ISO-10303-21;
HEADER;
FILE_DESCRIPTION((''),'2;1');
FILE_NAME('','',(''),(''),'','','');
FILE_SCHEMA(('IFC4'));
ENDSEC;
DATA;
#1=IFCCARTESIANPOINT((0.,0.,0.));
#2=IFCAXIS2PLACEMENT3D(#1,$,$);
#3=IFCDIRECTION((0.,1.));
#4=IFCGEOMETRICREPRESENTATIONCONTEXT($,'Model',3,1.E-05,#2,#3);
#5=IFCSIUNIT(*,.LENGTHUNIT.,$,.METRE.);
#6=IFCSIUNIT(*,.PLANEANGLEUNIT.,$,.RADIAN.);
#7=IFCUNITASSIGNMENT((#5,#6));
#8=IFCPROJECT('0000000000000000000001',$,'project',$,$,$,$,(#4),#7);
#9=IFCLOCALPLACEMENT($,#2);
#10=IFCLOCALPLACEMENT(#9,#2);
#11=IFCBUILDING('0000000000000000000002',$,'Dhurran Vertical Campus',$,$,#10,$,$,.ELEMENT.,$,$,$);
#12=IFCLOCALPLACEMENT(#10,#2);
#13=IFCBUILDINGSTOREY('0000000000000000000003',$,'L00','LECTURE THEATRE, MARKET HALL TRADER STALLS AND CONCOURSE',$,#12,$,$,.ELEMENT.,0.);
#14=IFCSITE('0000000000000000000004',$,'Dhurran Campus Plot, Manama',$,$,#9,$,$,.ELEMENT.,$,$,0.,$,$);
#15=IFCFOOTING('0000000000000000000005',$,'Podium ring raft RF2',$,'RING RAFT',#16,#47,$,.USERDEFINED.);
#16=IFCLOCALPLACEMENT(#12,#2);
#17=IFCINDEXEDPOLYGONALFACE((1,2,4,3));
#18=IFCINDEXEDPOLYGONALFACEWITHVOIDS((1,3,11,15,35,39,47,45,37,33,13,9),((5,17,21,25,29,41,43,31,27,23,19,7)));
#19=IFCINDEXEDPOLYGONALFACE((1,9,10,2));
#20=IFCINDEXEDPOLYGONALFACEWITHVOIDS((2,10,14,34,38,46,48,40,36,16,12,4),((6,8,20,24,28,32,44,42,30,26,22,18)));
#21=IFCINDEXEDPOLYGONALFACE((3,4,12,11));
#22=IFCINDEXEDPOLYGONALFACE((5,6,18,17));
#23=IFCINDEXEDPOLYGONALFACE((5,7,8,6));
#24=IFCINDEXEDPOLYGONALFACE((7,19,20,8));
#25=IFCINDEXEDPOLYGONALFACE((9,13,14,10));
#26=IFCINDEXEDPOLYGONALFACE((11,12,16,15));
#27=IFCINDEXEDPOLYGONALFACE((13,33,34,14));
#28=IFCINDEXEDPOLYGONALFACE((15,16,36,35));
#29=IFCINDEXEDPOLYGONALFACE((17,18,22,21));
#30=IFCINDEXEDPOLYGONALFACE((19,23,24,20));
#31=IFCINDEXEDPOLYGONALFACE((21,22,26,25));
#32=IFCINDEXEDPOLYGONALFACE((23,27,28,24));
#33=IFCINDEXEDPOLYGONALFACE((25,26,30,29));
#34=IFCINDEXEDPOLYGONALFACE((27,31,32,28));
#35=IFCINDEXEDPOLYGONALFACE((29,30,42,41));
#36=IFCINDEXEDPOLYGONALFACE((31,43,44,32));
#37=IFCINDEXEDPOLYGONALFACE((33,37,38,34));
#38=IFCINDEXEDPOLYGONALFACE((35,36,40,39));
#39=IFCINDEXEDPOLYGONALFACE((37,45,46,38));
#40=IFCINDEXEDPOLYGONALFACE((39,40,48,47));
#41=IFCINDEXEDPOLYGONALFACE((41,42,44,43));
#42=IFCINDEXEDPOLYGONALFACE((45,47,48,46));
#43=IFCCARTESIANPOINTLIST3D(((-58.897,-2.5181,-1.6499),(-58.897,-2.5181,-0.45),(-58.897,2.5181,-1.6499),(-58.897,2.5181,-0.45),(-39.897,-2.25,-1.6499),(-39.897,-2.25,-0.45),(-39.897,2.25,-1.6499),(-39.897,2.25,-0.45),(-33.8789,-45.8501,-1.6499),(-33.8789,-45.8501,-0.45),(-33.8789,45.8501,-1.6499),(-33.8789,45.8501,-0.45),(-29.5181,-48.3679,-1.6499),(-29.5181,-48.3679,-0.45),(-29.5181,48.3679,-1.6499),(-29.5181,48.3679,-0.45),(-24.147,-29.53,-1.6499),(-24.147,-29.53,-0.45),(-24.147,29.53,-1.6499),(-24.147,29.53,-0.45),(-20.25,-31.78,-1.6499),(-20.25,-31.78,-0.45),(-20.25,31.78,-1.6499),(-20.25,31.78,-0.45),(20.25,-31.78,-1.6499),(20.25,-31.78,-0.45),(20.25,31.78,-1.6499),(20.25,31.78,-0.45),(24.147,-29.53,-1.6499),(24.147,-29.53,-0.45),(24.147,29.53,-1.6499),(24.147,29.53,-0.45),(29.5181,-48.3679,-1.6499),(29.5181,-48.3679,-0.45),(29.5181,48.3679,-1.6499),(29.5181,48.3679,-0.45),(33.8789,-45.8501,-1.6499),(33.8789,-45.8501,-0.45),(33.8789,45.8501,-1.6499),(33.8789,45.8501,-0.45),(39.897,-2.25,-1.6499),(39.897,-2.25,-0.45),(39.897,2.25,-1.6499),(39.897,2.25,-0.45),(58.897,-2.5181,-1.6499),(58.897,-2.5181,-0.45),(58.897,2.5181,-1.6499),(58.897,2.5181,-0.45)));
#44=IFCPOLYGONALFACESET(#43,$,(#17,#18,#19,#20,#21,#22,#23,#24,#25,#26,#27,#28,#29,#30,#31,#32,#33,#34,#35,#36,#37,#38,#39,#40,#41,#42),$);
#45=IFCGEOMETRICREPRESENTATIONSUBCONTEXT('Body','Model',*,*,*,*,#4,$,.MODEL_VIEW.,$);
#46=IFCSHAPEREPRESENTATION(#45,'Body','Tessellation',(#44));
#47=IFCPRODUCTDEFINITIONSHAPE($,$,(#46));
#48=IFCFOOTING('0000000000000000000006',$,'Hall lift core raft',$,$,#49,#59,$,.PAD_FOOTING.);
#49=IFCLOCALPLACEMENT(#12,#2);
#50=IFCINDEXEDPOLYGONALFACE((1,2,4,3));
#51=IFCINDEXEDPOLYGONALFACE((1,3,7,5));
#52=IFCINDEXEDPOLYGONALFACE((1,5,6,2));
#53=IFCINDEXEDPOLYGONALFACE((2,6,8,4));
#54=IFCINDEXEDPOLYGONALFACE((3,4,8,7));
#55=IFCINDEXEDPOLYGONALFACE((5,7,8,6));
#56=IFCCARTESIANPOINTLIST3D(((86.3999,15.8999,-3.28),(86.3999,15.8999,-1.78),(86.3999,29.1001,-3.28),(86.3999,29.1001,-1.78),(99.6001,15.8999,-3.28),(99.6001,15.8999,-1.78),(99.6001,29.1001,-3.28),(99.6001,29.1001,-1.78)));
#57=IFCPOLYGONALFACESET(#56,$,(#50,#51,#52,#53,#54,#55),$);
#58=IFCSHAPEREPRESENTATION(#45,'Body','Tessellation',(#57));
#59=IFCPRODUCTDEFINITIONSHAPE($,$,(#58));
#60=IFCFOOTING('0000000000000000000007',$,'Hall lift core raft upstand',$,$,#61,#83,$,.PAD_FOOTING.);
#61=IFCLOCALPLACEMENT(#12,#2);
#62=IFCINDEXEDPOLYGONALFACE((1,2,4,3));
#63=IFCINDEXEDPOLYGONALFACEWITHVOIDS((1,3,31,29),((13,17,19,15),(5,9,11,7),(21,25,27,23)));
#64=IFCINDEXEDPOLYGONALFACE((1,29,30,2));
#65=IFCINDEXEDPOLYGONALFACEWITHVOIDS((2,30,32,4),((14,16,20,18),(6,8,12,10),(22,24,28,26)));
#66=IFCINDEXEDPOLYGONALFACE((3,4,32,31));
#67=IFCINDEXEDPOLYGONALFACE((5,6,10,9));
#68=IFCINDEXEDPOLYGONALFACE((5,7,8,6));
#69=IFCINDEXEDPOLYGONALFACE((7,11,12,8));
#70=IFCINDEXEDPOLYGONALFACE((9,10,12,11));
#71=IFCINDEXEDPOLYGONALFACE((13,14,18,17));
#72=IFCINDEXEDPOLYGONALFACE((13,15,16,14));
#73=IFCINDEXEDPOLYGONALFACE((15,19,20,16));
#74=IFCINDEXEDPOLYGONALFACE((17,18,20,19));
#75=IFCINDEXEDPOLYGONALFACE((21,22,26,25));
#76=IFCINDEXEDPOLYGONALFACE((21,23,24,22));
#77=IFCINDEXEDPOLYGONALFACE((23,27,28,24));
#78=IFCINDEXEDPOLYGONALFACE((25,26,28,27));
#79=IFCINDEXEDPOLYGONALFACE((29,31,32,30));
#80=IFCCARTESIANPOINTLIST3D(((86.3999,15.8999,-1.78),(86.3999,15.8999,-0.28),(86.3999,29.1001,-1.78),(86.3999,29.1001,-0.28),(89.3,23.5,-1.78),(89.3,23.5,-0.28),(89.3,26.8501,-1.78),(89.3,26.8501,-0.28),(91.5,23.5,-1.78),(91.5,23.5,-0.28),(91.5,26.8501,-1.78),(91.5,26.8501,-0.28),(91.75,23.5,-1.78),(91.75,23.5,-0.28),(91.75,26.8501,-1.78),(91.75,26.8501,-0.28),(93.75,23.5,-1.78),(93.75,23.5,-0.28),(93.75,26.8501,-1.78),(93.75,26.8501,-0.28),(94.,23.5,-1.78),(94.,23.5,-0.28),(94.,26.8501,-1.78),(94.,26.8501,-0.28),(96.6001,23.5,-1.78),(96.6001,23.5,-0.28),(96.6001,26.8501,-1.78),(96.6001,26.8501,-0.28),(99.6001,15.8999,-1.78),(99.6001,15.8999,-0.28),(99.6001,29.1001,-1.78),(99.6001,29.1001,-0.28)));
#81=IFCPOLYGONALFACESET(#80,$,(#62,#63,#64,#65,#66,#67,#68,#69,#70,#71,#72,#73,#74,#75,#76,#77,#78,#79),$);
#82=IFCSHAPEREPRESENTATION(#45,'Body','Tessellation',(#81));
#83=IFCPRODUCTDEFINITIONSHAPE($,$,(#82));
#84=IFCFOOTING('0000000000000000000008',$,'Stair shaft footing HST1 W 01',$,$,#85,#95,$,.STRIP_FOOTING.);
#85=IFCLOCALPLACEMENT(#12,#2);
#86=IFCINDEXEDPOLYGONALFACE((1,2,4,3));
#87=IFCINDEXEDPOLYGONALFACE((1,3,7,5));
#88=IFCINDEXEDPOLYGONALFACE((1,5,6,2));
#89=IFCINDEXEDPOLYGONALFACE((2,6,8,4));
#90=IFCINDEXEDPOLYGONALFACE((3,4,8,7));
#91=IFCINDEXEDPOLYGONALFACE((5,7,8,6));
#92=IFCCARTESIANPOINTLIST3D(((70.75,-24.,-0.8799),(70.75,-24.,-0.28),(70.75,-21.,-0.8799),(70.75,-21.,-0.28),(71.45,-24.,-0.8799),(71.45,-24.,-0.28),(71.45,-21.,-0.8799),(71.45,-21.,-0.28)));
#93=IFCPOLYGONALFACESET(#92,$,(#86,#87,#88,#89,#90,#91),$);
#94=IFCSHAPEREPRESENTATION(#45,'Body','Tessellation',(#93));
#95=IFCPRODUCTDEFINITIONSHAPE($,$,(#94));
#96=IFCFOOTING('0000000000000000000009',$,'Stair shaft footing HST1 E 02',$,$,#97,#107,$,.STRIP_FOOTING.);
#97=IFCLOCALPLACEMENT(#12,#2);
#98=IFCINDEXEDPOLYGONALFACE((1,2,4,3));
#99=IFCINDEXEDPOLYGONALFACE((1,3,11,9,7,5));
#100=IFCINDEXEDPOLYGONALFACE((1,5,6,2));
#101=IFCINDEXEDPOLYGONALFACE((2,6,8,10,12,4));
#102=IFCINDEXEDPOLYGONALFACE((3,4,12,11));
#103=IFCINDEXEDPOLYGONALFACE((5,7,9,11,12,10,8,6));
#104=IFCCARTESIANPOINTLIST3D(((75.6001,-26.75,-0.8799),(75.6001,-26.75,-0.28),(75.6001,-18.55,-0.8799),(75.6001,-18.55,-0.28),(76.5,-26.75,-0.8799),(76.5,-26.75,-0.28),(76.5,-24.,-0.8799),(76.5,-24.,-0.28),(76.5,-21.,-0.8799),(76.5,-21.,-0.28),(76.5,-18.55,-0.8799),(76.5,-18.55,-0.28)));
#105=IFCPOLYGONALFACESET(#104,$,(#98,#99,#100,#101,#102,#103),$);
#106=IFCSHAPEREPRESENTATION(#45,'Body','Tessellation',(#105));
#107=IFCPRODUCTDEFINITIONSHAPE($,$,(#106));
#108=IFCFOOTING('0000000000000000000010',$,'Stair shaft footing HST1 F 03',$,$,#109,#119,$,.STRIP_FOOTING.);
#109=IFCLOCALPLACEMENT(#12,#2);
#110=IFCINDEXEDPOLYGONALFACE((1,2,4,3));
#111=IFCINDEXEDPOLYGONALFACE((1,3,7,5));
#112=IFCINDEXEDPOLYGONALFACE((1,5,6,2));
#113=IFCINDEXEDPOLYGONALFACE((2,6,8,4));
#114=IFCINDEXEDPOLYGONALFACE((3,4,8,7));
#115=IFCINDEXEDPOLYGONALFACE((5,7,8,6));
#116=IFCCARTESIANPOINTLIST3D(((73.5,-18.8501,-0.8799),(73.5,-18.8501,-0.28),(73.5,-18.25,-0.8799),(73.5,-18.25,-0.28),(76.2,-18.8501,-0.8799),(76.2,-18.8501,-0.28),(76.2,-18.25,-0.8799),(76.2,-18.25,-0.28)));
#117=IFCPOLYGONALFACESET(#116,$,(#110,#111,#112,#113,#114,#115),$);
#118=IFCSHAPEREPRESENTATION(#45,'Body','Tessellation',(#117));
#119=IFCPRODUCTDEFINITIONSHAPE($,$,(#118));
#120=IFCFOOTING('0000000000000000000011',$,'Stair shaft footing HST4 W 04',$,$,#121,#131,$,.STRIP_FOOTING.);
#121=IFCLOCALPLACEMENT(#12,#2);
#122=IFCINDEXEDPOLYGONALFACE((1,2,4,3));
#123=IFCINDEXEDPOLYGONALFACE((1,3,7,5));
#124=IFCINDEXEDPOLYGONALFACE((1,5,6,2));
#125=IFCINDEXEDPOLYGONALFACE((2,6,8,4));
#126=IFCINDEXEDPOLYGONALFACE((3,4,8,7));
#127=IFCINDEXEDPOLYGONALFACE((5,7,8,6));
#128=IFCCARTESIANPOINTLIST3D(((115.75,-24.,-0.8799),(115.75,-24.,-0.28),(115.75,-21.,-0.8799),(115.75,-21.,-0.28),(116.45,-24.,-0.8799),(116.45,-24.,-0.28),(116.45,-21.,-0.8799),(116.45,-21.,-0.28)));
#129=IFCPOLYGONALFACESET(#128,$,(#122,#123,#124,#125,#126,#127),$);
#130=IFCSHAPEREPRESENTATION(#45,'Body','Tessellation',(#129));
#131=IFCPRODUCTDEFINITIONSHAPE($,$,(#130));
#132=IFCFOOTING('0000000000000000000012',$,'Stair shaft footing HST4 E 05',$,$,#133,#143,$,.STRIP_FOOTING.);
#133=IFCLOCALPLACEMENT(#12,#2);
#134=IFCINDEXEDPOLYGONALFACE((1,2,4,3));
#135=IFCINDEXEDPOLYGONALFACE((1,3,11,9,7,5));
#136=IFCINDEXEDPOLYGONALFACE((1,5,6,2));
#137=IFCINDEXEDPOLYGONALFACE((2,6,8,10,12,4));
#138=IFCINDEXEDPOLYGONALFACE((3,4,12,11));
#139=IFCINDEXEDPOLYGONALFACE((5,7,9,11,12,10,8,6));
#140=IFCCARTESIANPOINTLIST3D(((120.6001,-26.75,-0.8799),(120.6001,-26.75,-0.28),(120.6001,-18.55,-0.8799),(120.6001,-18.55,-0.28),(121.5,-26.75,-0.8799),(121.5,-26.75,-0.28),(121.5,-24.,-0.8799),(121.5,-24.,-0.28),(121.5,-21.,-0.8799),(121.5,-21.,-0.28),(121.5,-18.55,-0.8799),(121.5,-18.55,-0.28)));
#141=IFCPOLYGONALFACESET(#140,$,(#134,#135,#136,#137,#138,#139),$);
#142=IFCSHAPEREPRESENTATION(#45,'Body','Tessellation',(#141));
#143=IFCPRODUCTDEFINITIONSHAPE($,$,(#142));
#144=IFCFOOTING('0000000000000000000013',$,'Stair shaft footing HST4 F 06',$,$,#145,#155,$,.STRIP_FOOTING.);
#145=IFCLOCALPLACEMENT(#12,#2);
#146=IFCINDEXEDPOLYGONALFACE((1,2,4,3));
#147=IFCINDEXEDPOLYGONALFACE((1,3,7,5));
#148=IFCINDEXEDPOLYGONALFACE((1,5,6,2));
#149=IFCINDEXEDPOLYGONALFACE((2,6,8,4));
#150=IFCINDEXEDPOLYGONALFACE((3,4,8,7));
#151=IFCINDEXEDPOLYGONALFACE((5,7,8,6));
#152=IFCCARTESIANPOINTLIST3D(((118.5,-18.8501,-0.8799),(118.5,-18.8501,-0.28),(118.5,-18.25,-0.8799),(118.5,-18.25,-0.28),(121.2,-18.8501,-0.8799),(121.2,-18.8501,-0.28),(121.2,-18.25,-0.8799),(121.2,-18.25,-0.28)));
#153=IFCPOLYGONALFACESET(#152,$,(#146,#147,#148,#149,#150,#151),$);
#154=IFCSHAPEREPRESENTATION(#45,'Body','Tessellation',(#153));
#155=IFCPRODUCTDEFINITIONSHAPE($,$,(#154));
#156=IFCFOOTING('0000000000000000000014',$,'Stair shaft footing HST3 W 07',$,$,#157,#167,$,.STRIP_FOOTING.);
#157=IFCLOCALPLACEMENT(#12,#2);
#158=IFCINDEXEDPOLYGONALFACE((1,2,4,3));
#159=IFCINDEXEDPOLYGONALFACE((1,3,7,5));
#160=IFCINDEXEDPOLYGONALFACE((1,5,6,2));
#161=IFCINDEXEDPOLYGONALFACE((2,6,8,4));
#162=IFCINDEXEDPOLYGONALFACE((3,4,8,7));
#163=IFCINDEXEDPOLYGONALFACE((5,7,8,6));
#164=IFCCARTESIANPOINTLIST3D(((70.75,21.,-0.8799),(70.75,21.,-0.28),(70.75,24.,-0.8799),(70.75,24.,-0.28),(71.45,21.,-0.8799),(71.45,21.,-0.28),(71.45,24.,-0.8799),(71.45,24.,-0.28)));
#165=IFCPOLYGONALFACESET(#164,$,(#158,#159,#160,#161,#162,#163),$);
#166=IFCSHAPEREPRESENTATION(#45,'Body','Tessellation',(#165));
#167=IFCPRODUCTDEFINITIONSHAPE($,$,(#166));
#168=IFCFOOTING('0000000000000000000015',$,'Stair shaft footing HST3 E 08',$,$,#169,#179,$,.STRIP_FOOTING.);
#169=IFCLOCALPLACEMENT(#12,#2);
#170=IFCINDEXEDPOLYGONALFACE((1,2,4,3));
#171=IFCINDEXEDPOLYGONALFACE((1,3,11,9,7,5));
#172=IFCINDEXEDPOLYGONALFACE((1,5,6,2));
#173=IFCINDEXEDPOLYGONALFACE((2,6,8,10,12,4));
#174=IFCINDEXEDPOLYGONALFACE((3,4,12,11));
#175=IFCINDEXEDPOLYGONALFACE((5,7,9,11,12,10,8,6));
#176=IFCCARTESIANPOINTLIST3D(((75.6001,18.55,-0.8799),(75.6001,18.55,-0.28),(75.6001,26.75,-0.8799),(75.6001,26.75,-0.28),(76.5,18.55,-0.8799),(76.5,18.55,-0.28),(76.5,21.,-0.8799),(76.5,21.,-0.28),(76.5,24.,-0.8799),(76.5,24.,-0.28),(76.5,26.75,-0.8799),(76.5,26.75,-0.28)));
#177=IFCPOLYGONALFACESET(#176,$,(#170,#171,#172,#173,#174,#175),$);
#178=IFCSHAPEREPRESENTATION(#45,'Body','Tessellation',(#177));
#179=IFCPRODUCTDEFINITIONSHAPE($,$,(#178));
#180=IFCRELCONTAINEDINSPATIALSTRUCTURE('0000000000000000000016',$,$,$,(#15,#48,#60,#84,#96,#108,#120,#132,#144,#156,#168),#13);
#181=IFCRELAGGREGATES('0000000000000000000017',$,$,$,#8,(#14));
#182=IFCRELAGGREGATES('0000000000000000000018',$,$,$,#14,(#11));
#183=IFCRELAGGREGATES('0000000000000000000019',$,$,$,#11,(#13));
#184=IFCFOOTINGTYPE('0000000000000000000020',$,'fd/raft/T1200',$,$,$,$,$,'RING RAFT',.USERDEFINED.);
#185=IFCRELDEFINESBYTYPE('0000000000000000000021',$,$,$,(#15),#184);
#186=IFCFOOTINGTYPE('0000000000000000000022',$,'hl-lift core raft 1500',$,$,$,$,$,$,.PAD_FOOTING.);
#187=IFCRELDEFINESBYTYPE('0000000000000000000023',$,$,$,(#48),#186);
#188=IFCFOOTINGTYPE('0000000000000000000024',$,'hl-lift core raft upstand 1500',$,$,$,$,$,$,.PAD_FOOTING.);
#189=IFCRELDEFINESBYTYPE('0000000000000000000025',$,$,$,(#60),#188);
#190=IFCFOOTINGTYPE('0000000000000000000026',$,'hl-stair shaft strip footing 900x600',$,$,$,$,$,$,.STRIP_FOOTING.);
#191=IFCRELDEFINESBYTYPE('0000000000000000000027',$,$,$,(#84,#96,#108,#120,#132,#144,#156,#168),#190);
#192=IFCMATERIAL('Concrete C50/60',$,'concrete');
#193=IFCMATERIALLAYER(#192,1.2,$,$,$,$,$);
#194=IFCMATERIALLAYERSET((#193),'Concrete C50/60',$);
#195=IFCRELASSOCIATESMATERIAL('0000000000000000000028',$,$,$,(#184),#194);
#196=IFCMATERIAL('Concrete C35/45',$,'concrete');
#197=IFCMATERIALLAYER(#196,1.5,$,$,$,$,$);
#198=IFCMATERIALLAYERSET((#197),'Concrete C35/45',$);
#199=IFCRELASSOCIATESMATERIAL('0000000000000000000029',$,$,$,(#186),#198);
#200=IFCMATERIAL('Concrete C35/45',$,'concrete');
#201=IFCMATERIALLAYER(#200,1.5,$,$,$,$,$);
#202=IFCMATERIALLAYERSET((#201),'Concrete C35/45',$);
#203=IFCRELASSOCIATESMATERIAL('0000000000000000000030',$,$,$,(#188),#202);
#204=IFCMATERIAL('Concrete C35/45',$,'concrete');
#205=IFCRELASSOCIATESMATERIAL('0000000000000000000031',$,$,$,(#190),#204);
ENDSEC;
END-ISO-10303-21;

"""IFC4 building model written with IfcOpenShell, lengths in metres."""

from ifc_helpers import new_model, si_unit, direction, frame, origin, place, context, subcontext, project, spatial, polyline, outline, extrude, material, layer, layer_set, type_object, element, save


model = new_model("IFC4")

# Units and contexts
model_context = context("Model", 3, precision=1e-05, world=origin(), true_north=direction((0.0, 1.0)))
body_context = subcontext(model_context, "Body", "Model", "MODEL_VIEW")
ifc_project = project(units=[si_unit("LENGTHUNIT", "METRE"), si_unit("PLANEANGLEUNIT", "RADIAN")], contexts=[model_context])

# Site, building, storey
site_placement = place(None, origin())
site = spatial("IfcSite", under=ifc_project, at=site_placement, Name="Dhurran Campus Plot, Manama", CompositionType="ELEMENT", RefElevation=0.0)
building_placement = place(site_placement, origin())
building = spatial("IfcBuilding", under=site, at=building_placement, Name="Dhurran Vertical Campus", CompositionType="ELEMENT")
storey_placement = place(building_placement, origin())
storey = spatial("IfcBuildingStorey", under=building, at=storey_placement, Name="L00", Description="LECTURE THEATRE, MARKET HALL TRADER STALLS AND CONCOURSE", CompositionType="ELEMENT", Elevation=0.0)

# Footings
ifc_material_1 = material(Name="Concrete C50/60", Category="concrete")
ifc_layer_1 = layer(ifc_material_1, 1.2)
ifc_layer_set_1 = layer_set([ifc_layer_1], Name="Concrete C50/60")
footing_type_1 = type_object("IfcFootingType", Name="fd/raft/T1200", ElementType="RING RAFT", PredefinedType="USERDEFINED", material=ifc_layer_set_1)
footing_1_placement = place(storey_placement, frame((0.0, 0.0, -1.6499)))
element("IfcFooting", 1, at=footing_1_placement, inside=storey, type_object=footing_type_1, Name="Podium ring raft RF2", ObjectType="RING RAFT", PredefinedType="USERDEFINED", context=body_context, shape_type="SweptSolid", body=[
    extrude(outline(polyline([(-33.8789, -45.8501), (-29.5181, -48.3679), (29.5181, -48.3679), (33.8789, -45.8501), (58.897, -2.5181), (58.897, 2.5181), (33.8789, 45.8501), (29.5181, 48.3679), (-29.5181, 48.3679), (-33.8789, 45.8501), (-58.897, 2.5181), (-58.897, -2.5181), (-33.8789, -45.8501)]), holes=[polyline([(20.25, -31.78), (24.147, -29.53), (39.897, -2.25), (39.897, 2.25), (24.147, 29.53), (20.25, 31.78), (-20.25, 31.78), (-24.147, 29.53), (-39.897, 2.25), (-39.897, -2.25), (-24.147, -29.53), (-20.25, -31.78), (20.25, -31.78)])]), origin(), (0.0, 0.0, 1.0), 1.2),
])
ifc_material_2 = material(Name="Concrete C35/45", Category="concrete")
ifc_layer_2 = layer(ifc_material_2, 1.5)
ifc_layer_set_2 = layer_set([ifc_layer_2], Name="Concrete C35/45")
footing_type_2 = type_object("IfcFootingType", Name="hl-lift core raft 1500", PredefinedType="PAD_FOOTING", material=ifc_layer_set_2)
footing_2_placement = place(storey_placement, frame((0.0, 0.0, -3.28)))
element("IfcFooting", 2, at=footing_2_placement, inside=storey, type_object=footing_type_2, Name="Hall lift core raft", PredefinedType="PAD_FOOTING", context=body_context, shape_type="SweptSolid", body=[
    extrude(outline(polyline([(86.3999, 15.8999), (99.6001, 15.8999), (99.6001, 29.1001), (86.3999, 29.1001), (86.3999, 15.8999)])), origin(), (0.0, 0.0, 1.0), 1.5),
])
ifc_material_3 = material(Name="Concrete C35/45", Category="concrete")
ifc_layer_3 = layer(ifc_material_3, 1.5)
ifc_layer_set_3 = layer_set([ifc_layer_3], Name="Concrete C35/45")
footing_type_3 = type_object("IfcFootingType", Name="hl-lift core raft upstand 1500", PredefinedType="PAD_FOOTING", material=ifc_layer_set_3)
footing_3_placement = place(storey_placement, frame((0.0, 0.0, -1.78)))
element("IfcFooting", 3, at=footing_3_placement, inside=storey, type_object=footing_type_3, Name="Hall lift core raft upstand", PredefinedType="PAD_FOOTING", context=body_context, shape_type="SweptSolid", body=[
    extrude(outline(polyline([(86.3999, 15.8999), (99.6001, 15.8999), (99.6001, 29.1001), (86.3999, 29.1001), (86.3999, 15.8999)]), holes=[polyline([(89.3, 23.5), (91.5, 23.5), (91.5, 26.8501), (89.3, 26.8501), (89.3, 23.5)]), polyline([(91.75, 23.5), (93.75, 23.5), (93.75, 26.8501), (91.75, 26.8501), (91.75, 23.5)]), polyline([(94.0, 23.5), (96.6001, 23.5), (96.6001, 26.8501), (94.0, 26.8501), (94.0, 23.5)])]), origin(), (0.0, 0.0, 1.0), 1.5),
])
ifc_material_4 = material(Name="Concrete C35/45", Category="concrete")
footing_type_4 = type_object("IfcFootingType", Name="hl-stair shaft strip footing 900x600", PredefinedType="STRIP_FOOTING", material=ifc_material_4)
footing_4_placement = place(storey_placement, frame((0.0, 0.0, -0.8799)))
element("IfcFooting", 4, at=footing_4_placement, inside=storey, type_object=footing_type_4, Name="Stair shaft footing HST1 W 01", PredefinedType="STRIP_FOOTING", context=body_context, shape_type="SweptSolid", body=[
    extrude(outline(polyline([(71.45, -24.0), (70.75, -24.0), (70.75, -21.0), (71.45, -21.0), (71.45, -24.0)])), origin(), (0.0, 0.0, 1.0), 0.5999),
])
footing_5_placement = place(storey_placement, frame((0.0, 0.0, -0.8799)))
element("IfcFooting", 5, at=footing_5_placement, inside=storey, type_object=footing_type_4, Name="Stair shaft footing HST1 E 02", PredefinedType="STRIP_FOOTING", context=body_context, shape_type="SweptSolid", body=[
    extrude(outline(polyline([(76.5, -18.55), (76.5, -21.0), (76.5, -21.0), (76.5, -24.0), (76.5, -24.0), (76.5, -26.75), (75.6001, -26.75), (75.6001, -18.55), (76.5, -18.55)])), origin(), (0.0, 0.0, 1.0), 0.5999),
])
footing_6_placement = place(storey_placement, frame((0.0, 0.0, -0.8799)))
element("IfcFooting", 6, at=footing_6_placement, inside=storey, type_object=footing_type_4, Name="Stair shaft footing HST1 F 03", PredefinedType="STRIP_FOOTING", context=body_context, shape_type="SweptSolid", body=[
    extrude(outline(polyline([(76.2, -18.8501), (73.5, -18.8501), (73.5, -18.25), (76.2, -18.25), (76.2, -18.8501)])), origin(), (0.0, 0.0, 1.0), 0.5999),
])
footing_7_placement = place(storey_placement, frame((0.0, 0.0, -0.8799)))
element("IfcFooting", 7, at=footing_7_placement, inside=storey, type_object=footing_type_4, Name="Stair shaft footing HST4 W 04", PredefinedType="STRIP_FOOTING", context=body_context, shape_type="SweptSolid", body=[
    extrude(outline(polyline([(116.45, -24.0), (115.75, -24.0), (115.75, -21.0), (116.45, -21.0), (116.45, -24.0)])), origin(), (0.0, 0.0, 1.0), 0.5999),
])
footing_8_placement = place(storey_placement, frame((0.0, 0.0, -0.8799)))
element("IfcFooting", 8, at=footing_8_placement, inside=storey, type_object=footing_type_4, Name="Stair shaft footing HST4 E 05", PredefinedType="STRIP_FOOTING", context=body_context, shape_type="SweptSolid", body=[
    extrude(outline(polyline([(121.5, -18.55), (121.5, -21.0), (121.5, -21.0), (121.5, -24.0), (121.5, -24.0), (121.5, -26.75), (120.6001, -26.75), (120.6001, -18.55), (121.5, -18.55)])), origin(), (0.0, 0.0, 1.0), 0.5999),
])
footing_9_placement = place(storey_placement, frame((0.0, 0.0, -0.8799)))
element("IfcFooting", 9, at=footing_9_placement, inside=storey, type_object=footing_type_4, Name="Stair shaft footing HST4 F 06", PredefinedType="STRIP_FOOTING", context=body_context, shape_type="SweptSolid", body=[
    extrude(outline(polyline([(121.2, -18.8501), (118.5, -18.8501), (118.5, -18.25), (121.2, -18.25), (121.2, -18.8501)])), origin(), (0.0, 0.0, 1.0), 0.5999),
])
footing_10_placement = place(storey_placement, frame((0.0, 0.0, -0.8799)))
element("IfcFooting", 10, at=footing_10_placement, inside=storey, type_object=footing_type_4, Name="Stair shaft footing HST3 W 07", PredefinedType="STRIP_FOOTING", context=body_context, shape_type="SweptSolid", body=[
    extrude(outline(polyline([(71.45, 21.0), (70.75, 21.0), (70.75, 24.0), (71.45, 24.0), (71.45, 21.0)])), origin(), (0.0, 0.0, 1.0), 0.5999),
])
footing_11_placement = place(storey_placement, frame((0.0, 0.0, -0.8799)))
element("IfcFooting", 11, at=footing_11_placement, inside=storey, type_object=footing_type_4, Name="Stair shaft footing HST3 E 08", PredefinedType="STRIP_FOOTING", context=body_context, shape_type="SweptSolid", body=[
    extrude(outline(polyline([(75.6001, 18.55), (75.6001, 26.75), (76.5, 26.75), (76.5, 24.0), (76.5, 24.0), (76.5, 21.0), (76.5, 21.0), (76.5, 18.55), (75.6001, 18.55)])), origin(), (0.0, 0.0, 1.0), 0.5999),
])

save(model, "model.ifc")
